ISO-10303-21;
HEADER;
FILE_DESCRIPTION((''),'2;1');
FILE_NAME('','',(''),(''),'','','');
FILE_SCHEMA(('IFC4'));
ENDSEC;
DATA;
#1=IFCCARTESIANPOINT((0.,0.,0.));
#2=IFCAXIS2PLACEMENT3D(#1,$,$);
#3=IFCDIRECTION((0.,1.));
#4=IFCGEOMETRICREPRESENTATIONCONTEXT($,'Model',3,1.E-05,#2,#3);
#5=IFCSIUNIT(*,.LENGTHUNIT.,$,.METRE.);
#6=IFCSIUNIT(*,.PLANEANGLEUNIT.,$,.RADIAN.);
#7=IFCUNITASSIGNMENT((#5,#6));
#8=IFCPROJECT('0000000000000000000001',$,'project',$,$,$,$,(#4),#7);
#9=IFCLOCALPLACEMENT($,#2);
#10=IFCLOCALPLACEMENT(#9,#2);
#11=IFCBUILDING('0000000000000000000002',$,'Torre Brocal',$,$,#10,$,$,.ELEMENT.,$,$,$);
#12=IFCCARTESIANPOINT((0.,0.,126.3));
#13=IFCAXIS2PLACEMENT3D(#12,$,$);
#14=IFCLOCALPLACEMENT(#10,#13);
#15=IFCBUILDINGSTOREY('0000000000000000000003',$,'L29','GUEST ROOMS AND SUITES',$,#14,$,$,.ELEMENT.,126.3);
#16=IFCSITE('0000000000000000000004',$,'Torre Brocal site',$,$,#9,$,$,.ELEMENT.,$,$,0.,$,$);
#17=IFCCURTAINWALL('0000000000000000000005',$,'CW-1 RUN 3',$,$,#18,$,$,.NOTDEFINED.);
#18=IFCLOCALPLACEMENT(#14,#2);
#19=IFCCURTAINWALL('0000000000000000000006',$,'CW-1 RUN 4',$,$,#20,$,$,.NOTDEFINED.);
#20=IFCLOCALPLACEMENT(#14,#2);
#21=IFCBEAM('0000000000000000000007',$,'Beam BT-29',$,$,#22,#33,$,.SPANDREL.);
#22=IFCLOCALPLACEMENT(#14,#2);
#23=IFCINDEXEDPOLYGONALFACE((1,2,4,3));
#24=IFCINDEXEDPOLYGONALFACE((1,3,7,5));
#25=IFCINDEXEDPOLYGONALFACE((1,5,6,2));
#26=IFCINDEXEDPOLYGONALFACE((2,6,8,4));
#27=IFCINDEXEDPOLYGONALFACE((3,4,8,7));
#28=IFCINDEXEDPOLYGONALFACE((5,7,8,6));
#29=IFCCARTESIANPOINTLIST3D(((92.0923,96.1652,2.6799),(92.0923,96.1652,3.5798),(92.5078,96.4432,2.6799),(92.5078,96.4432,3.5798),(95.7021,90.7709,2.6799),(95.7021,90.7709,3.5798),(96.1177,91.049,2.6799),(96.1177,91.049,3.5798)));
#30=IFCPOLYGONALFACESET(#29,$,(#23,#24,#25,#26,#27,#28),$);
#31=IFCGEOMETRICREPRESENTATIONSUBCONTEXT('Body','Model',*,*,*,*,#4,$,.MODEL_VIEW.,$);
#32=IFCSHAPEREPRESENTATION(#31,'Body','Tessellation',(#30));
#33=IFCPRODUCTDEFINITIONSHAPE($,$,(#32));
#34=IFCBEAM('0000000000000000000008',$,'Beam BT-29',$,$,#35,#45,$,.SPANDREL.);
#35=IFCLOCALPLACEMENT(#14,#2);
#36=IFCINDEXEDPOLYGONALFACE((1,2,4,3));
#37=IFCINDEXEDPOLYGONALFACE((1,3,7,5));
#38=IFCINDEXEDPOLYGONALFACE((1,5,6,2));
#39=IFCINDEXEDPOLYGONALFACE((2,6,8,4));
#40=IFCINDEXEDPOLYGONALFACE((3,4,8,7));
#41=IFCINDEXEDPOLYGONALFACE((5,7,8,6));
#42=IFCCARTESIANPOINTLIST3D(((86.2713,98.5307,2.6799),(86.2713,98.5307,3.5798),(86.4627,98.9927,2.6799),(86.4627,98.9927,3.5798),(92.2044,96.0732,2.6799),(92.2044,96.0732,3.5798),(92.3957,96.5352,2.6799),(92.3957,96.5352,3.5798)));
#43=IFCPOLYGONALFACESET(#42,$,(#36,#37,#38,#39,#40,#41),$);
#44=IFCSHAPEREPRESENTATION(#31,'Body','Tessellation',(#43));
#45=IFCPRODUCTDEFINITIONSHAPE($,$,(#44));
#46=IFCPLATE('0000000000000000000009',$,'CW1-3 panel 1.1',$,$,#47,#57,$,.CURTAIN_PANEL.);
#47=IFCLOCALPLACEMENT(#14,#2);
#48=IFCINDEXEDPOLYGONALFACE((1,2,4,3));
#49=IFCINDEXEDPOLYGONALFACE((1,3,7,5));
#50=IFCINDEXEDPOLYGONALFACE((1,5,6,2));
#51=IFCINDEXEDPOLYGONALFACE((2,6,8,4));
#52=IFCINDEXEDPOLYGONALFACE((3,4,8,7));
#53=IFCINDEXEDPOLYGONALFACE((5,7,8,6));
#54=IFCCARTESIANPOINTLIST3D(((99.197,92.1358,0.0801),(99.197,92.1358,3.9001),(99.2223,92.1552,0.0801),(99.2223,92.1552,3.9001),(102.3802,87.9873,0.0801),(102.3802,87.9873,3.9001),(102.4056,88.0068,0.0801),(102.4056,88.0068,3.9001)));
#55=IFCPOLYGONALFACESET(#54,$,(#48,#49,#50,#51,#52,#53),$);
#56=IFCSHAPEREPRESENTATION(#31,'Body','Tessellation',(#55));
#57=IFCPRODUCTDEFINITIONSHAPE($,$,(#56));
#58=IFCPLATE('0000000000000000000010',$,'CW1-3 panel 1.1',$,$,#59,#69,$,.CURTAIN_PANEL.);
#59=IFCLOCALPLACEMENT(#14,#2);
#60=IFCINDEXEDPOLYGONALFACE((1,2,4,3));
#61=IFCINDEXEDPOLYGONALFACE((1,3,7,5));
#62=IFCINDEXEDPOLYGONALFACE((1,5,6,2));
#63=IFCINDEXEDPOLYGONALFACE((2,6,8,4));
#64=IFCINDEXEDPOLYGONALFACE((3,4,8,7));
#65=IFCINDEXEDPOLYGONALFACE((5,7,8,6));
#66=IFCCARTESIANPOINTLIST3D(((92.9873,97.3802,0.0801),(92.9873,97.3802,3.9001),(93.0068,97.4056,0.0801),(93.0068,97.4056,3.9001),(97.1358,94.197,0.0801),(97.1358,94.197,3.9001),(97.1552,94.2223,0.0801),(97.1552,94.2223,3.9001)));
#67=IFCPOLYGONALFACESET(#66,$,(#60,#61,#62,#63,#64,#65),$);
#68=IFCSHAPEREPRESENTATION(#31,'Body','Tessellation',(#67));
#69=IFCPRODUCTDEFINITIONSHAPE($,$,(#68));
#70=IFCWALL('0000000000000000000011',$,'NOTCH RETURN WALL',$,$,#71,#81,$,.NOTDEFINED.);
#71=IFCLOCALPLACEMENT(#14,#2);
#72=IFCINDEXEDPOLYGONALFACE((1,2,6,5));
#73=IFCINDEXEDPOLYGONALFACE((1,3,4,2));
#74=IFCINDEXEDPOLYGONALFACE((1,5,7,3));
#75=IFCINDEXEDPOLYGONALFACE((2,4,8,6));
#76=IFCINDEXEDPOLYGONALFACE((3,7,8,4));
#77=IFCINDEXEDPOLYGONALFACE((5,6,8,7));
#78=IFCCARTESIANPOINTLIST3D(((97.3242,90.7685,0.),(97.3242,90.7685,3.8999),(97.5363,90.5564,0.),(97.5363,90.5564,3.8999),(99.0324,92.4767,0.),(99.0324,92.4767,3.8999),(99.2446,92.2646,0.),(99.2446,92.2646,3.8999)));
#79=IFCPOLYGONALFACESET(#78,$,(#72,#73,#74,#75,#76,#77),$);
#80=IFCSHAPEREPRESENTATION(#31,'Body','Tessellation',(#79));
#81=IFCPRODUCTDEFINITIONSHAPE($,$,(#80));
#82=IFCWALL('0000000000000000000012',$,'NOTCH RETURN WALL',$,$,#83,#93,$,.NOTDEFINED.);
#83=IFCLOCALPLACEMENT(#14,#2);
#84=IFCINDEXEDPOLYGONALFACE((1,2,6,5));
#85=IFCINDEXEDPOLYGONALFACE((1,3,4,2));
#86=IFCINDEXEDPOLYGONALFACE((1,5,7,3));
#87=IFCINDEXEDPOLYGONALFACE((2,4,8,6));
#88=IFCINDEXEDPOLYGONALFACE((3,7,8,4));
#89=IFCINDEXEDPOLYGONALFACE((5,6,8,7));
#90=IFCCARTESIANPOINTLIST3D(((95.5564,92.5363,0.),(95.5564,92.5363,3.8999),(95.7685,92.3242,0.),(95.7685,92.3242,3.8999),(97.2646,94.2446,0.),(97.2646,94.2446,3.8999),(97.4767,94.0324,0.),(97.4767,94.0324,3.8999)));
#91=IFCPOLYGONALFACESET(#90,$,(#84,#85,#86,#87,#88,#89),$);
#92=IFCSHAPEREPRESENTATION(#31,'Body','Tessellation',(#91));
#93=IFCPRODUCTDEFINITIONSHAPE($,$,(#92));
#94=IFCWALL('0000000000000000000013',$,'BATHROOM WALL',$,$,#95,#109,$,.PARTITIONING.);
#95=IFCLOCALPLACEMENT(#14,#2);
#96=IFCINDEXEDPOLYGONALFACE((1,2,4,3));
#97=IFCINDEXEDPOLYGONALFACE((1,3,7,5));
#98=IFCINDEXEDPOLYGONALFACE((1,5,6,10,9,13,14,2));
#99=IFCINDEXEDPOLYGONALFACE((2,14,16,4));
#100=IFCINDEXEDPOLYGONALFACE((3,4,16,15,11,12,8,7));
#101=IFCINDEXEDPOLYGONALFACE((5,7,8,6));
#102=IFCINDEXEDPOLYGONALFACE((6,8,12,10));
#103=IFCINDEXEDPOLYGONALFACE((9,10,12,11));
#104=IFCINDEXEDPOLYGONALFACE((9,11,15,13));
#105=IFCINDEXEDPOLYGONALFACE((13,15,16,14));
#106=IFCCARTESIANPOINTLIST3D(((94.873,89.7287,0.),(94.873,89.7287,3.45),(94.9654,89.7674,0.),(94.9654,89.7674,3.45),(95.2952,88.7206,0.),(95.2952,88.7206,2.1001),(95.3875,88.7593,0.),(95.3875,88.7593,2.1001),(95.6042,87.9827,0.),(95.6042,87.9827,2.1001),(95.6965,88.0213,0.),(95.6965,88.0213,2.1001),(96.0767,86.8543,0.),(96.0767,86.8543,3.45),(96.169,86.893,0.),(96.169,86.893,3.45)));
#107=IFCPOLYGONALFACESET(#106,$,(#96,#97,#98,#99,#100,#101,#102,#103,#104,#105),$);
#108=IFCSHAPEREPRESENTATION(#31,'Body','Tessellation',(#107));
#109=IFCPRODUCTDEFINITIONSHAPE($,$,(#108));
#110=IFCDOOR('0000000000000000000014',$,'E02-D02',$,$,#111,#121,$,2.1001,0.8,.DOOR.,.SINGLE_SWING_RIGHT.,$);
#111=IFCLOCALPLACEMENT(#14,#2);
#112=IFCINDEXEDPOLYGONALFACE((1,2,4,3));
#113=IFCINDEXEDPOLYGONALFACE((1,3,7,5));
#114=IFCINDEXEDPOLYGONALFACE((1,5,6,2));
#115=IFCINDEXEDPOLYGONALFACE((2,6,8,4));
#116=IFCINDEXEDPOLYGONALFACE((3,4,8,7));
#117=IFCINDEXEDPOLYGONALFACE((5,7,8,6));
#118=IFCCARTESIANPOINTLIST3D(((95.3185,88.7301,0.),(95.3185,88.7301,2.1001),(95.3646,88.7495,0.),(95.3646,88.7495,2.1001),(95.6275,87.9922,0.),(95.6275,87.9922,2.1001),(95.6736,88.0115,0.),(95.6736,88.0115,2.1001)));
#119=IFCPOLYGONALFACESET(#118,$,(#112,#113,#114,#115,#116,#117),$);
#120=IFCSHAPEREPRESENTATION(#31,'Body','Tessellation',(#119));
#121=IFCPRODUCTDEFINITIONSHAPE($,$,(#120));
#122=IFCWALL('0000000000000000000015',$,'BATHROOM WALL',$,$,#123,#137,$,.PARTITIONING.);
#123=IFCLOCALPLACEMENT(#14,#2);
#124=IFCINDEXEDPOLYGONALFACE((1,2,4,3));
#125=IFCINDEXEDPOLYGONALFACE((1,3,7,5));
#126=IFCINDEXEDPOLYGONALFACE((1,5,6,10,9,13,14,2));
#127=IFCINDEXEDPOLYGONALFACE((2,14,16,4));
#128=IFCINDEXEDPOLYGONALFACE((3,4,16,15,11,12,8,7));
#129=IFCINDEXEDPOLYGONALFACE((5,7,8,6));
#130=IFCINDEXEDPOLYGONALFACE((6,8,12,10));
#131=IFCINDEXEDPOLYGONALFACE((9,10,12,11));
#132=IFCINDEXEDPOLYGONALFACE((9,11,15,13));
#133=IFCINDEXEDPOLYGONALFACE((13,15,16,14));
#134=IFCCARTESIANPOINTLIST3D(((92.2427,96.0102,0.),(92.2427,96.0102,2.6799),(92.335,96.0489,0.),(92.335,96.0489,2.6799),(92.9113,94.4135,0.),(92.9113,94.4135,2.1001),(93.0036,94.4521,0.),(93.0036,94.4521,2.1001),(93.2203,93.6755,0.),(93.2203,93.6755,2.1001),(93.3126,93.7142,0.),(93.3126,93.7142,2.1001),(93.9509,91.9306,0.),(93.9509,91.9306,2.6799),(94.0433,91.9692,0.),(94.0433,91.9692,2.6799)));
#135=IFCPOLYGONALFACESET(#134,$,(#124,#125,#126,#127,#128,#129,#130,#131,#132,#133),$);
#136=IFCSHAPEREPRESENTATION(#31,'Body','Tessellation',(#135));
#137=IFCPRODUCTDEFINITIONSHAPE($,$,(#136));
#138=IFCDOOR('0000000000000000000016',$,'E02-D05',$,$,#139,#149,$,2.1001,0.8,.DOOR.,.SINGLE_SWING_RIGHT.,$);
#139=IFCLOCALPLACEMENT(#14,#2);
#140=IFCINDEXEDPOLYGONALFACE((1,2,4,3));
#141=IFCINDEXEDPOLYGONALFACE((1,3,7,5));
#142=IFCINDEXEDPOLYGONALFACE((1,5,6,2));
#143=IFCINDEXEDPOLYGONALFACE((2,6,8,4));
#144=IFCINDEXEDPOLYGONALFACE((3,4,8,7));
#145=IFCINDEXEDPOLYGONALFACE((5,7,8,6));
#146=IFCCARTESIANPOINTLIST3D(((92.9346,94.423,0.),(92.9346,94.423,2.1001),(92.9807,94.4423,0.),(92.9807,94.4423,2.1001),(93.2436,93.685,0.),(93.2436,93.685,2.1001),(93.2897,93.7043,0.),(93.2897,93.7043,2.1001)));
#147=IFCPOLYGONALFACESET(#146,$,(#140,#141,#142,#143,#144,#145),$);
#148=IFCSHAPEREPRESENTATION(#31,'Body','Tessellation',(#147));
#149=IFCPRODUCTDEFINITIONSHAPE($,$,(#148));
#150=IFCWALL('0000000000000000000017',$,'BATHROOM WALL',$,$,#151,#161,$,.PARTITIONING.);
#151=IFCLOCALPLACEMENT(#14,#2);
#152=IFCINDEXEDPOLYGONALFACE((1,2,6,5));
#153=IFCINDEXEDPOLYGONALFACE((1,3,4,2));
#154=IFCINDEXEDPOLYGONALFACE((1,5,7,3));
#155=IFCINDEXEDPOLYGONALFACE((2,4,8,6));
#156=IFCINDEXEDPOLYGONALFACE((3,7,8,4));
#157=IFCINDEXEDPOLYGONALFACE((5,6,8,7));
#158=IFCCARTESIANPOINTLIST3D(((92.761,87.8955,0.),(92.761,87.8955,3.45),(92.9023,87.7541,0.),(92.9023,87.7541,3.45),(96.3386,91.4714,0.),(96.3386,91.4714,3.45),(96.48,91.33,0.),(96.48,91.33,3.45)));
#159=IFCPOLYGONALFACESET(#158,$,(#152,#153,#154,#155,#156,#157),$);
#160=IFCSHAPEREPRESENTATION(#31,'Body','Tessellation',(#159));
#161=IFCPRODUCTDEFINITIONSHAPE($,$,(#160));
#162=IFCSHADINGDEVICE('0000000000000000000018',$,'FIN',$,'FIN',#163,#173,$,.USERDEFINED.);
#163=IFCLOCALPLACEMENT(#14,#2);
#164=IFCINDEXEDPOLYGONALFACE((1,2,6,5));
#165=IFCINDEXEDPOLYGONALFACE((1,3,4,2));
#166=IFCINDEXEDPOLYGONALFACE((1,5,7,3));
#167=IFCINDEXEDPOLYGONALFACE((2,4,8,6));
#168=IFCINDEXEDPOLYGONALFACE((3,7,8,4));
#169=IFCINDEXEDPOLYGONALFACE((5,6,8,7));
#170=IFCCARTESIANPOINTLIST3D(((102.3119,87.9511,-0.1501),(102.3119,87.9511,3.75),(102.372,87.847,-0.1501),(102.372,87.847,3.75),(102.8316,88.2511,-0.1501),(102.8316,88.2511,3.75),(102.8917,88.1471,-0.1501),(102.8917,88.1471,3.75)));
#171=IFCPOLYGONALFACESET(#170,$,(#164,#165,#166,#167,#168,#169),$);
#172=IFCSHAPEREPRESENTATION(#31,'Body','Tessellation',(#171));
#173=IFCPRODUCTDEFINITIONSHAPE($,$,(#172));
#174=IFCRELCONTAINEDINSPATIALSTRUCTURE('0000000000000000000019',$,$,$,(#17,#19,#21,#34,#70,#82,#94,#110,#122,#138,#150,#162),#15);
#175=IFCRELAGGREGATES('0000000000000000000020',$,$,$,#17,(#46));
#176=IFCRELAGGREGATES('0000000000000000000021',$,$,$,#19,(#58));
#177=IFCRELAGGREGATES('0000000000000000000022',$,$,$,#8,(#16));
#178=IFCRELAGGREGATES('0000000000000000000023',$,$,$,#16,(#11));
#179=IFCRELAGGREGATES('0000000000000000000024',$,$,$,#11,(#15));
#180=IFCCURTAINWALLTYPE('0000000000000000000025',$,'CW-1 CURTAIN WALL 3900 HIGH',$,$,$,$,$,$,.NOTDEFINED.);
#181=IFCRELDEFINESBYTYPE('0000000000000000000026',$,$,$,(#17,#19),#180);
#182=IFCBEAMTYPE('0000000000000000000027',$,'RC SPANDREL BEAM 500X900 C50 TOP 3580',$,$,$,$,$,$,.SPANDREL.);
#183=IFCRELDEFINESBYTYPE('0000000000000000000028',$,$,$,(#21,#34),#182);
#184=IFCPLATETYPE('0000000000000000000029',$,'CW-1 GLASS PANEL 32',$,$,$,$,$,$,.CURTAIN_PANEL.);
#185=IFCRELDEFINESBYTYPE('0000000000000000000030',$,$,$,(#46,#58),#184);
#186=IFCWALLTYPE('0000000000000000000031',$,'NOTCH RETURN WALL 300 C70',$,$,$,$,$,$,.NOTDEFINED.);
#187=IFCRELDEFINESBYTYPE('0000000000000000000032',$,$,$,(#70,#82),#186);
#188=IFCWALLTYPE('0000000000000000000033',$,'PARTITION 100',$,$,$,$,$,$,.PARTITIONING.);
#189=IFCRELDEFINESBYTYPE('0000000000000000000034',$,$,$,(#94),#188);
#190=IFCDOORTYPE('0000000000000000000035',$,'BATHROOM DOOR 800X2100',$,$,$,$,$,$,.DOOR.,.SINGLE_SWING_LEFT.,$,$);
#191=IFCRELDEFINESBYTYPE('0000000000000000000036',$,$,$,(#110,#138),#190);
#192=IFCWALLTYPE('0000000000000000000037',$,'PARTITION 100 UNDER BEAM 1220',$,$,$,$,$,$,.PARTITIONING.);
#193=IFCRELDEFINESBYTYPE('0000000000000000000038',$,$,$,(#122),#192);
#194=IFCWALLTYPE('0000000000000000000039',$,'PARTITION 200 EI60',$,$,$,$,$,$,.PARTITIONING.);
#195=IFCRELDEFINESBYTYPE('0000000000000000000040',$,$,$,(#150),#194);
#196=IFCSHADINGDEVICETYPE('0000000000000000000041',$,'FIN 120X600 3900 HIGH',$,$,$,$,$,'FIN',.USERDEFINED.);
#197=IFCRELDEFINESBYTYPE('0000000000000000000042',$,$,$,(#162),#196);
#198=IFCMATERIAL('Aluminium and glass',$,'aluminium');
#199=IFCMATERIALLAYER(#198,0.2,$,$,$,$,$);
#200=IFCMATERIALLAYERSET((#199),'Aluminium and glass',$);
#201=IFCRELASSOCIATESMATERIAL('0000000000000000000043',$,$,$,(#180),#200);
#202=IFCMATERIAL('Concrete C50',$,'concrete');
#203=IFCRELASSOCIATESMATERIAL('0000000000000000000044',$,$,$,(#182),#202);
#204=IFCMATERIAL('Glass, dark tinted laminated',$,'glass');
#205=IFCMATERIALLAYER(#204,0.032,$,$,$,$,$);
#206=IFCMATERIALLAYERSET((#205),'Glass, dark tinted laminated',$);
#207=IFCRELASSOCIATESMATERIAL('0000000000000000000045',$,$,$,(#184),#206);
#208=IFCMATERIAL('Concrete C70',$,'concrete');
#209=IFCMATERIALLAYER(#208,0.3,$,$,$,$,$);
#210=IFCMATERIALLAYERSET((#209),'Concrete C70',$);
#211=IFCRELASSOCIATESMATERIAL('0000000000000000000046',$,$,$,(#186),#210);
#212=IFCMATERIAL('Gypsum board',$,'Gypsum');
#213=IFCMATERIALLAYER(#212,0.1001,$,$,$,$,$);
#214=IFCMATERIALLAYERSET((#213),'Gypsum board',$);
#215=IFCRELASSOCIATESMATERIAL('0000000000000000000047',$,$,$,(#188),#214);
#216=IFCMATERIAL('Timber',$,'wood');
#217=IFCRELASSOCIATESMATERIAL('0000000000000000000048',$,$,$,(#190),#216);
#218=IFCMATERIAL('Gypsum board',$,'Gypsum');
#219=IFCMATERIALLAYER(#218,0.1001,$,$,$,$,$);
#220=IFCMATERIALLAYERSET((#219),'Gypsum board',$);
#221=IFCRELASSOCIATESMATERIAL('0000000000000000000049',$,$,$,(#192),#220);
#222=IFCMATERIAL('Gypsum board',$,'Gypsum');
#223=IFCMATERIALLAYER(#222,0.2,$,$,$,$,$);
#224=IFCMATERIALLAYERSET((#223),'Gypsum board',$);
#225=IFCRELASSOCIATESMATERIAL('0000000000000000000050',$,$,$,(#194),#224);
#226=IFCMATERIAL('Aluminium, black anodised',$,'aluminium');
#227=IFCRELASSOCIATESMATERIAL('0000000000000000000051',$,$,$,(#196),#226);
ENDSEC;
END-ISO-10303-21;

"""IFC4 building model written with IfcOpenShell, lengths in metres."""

from ifc_helpers import new_model, si_unit, direction, frame, frame_2d, origin, origin_2d, place, context, subcontext, project, spatial, rectangle, extrude, material, layer, layer_set, material_profile, profile_set, type_object, element, fill, aggregate, save


model = new_model("IFC4")

# Units and contexts
model_context = context("Model", 3, precision=1e-05, world=origin(), true_north=direction((0.0, 1.0)))
body_context = subcontext(model_context, "Body", "Model", "MODEL_VIEW")
ifc_project = project(units=[si_unit("LENGTHUNIT", "METRE"), si_unit("PLANEANGLEUNIT", "RADIAN")], contexts=[model_context])

# Site, building, storey
site_placement = place(None, origin())
site = spatial("IfcSite", under=ifc_project, at=site_placement, Name="Torre Brocal site", CompositionType="ELEMENT", RefElevation=0.0)
building_placement = place(site_placement, origin())
building = spatial("IfcBuilding", under=site, at=building_placement, Name="Torre Brocal", CompositionType="ELEMENT")
storey_placement = place(building_placement, frame((0.0, 0.0, 126.3)))
storey = spatial("IfcBuildingStorey", under=building, at=storey_placement, Name="L29", Description="GUEST ROOMS AND SUITES", CompositionType="ELEMENT", Elevation=126.3)

# Shared definitions
ifc_material_1 = material(Name="Aluminium and glass", Category="aluminium")
ifc_layer_1 = layer(ifc_material_1, 0.2)
ifc_layer_set_1 = layer_set([ifc_layer_1], Name="Aluminium and glass")
curtain_wall_type = type_object("IfcCurtainWallType", Name="CW-1 CURTAIN WALL 3900 HIGH", PredefinedType="NOTDEFINED", material=ifc_layer_set_1)

# Curtain walls
curtain_wall_1_placement = place(storey_placement, origin())
curtain_wall_1 = element("IfcCurtainWall", 1, at=curtain_wall_1_placement, inside=storey, type_object=curtain_wall_type, Name="CW-1 RUN 3", PredefinedType="NOTDEFINED")
curtain_wall_2_placement = place(storey_placement, origin())
curtain_wall_2 = element("IfcCurtainWall", 2, at=curtain_wall_2_placement, inside=storey, type_object=curtain_wall_type, Name="CW-1 RUN 4", PredefinedType="NOTDEFINED")

# Beams
ifc_material_2 = material(Name="Concrete C50", Category="concrete")
ifc_material_profile_1 = material_profile(ifc_material_2, rectangle(XDim=0.5, YDim=0.8999, at=origin_2d()), Name="RC 500X900")
ifc_profile_set_1 = profile_set([ifc_material_profile_1], Name="Concrete C50")
beam_type_1 = type_object("IfcBeamType", Name="RC SPANDREL BEAM 500X900 C50 TOP 3580", PredefinedType="SPANDREL", material=ifc_profile_set_1)
beam_1_placement = place(storey_placement, frame((95.9099, 90.9099, 3.1299), z_axis=(-0.556158, 0.831077, 0.0), x_axis=(-0.831077, -0.556158, 0.0)))
element("IfcBeam", 3, at=beam_1_placement, inside=storey, type_object=beam_type_1, Name="Beam BT-29", PredefinedType="SPANDREL", context=body_context, shape_type="SweptSolid", body=[
    extrude(rectangle(XDim=0.5, YDim=0.8999, at=origin_2d()), origin(), (0.0, 0.0, 1.0), 6.4907),
])
beam_2_placement = place(storey_placement, frame((92.3, 96.3042, 3.1299), z_axis=(-0.923882, 0.382676, 0.0), x_axis=(-0.382676, -0.923882, 0.0)))
element("IfcBeam", 4, at=beam_2_placement, inside=storey, type_object=beam_type_1, Name="Beam BT-29", PredefinedType="SPANDREL", context=body_context, shape_type="SweptSolid", body=[
    extrude(rectangle(XDim=0.5, YDim=0.8999, at=origin_2d()), origin(), (0.0, 0.0, 1.0), 6.4219),
])

# Plates
ifc_material_3 = material(Name="Glass, dark tinted laminated", Category="glass")
ifc_layer_2 = layer(ifc_material_3, 0.032)
ifc_layer_set_2 = layer_set([ifc_layer_2], Name="Glass, dark tinted laminated")
plate_type = type_object("IfcPlateType", Name="CW-1 GLASS PANEL 32", PredefinedType="CURTAIN_PANEL", material=ifc_layer_set_2)
plate_1_placement = place(storey_placement, frame((100.8013, 90.0713, 0.0801), z_axis=(0.0, 0.0, 1.0), x_axis=(-0.608761, 0.793353, 0.0)))
plate_1 = element("IfcPlate", 5, at=plate_1_placement, type_object=plate_type, Name="CW1-3 panel 1.1", PredefinedType="CURTAIN_PANEL", context=body_context, shape_type="SweptSolid", body=[
    extrude(rectangle(XDim=5.229, YDim=0.032, at=origin_2d()), origin(), (0.0, 0.0, 1.0), 3.8201),
])
aggregate(curtain_wall_1, [plate_1])
plate_2_placement = place(storey_placement, frame((95.0713, 95.8013, 0.0801), z_axis=(0.0, 0.0, 1.0), x_axis=(-0.793353, 0.608761, 0.0)))
plate_2 = element("IfcPlate", 6, at=plate_2_placement, type_object=plate_type, Name="CW1-3 panel 1.1", PredefinedType="CURTAIN_PANEL", context=body_context, shape_type="SweptSolid", body=[
    extrude(rectangle(XDim=5.229, YDim=0.032, at=origin_2d()), origin(), (0.0, 0.0, 1.0), 3.8201),
])
aggregate(curtain_wall_2, [plate_2])

# Walls
ifc_material_4 = material(Name="Concrete C70", Category="concrete")
ifc_layer_3 = layer(ifc_material_4, 0.3)
ifc_layer_set_3 = layer_set([ifc_layer_3], Name="Concrete C70")
wall_type_1 = type_object("IfcWallType", Name="NOTCH RETURN WALL 300 C70", PredefinedType="NOTDEFINED", material=ifc_layer_set_3)
for number, where, z_axis, x_axis, name in (
    (7, (97.4302, 90.6624, 0.0), (0.0, 0.0, 1.0), (0.707107, 0.707107, 0.0), "NOTCH RETURN WALL"),
    (8, (95.6624, 92.4302, 0.0), (0.0, 0.0, 1.0), (0.707107, 0.707107, 0.0), "NOTCH RETURN WALL"),
):
    element("IfcWall", number, at=place(storey_placement, frame(where, z_axis=z_axis, x_axis=x_axis)), inside=storey, type_object=wall_type_1, Name=name, PredefinedType="NOTDEFINED", context=body_context, shape_type="SweptSolid", body=[
        extrude(rectangle(XDim=2.4158, YDim=0.3, at=frame_2d((1.208, 0.0))), origin(), (0.0, 0.0, 1.0), 3.8999),
    ])

# Walls, openings, doors
ifc_material_5 = material(Name="Gypsum board", Category="Gypsum")
ifc_layer_4 = layer(ifc_material_5, 0.1001)
ifc_layer_set_4 = layer_set([ifc_layer_4], Name="Gypsum board")
wall_type_2 = type_object("IfcWallType", Name="PARTITION 100", PredefinedType="PARTITIONING", material=ifc_layer_set_4)
wall_1_placement = place(storey_placement, frame((94.9192, 89.748, 0.0), z_axis=(0.0, 0.0, 1.0), x_axis=(0.386256, -0.922392, 0.0)))
wall_1 = element("IfcWall", 9, at=wall_1_placement, inside=storey, type_object=wall_type_2, Name="BATHROOM WALL", PredefinedType="PARTITIONING", context=body_context, shape_type="SweptSolid", body=[
    extrude(rectangle(XDim=3.1162, YDim=0.1001, at=frame_2d((1.5581, 0.0))), origin(), (0.0, 0.0, 1.0), 3.45),
])
opening_1_placement = place(wall_1_placement, frame((1.093, 0.0, 0.0)))
opening_1 = element("IfcOpeningElement", 10, at=opening_1_placement, cuts=wall_1, PredefinedType="OPENING", context=body_context, shape_type="SweptSolid", body=[
    extrude(rectangle(XDim=0.8, YDim=2.1001, at=frame_2d((0.3999, 1.05))), frame((0.0, 0.0601, 0.0), z_axis=(0.0, -1.0, 0.0), x_axis=(1.0, 0.0, 0.0)), (0.0, 0.0, 1.0), 0.1201),
])
ifc_material_6 = material(Name="Timber", Category="wood")
door_type = type_object("IfcDoorType", Name="BATHROOM DOOR 800X2100", OperationType="SINGLE_SWING_LEFT", PredefinedType="DOOR", material=ifc_material_6)
door_1_placement = place(opening_1_placement, frame((0.8, 0.0, 0.0), z_axis=(0.0, 0.0, 1.0), x_axis=(-1.0, 0.0, 0.0)))
door_1 = element("IfcDoor", 11, at=door_1_placement, inside=storey, type_object=door_type, Name="E02-D02", OperationType="SINGLE_SWING_RIGHT", OverallHeight=2.1001, OverallWidth=0.8, PredefinedType="DOOR", context=body_context, shape_type="SweptSolid", body=[
    extrude(rectangle(XDim=0.8, YDim=2.1001, at=frame_2d((0.3999, 1.05))), frame((0.0, 0.0249, 0.0), z_axis=(0.0, -1.0, 0.0), x_axis=(1.0, 0.0, 0.0)), (0.0, 0.0, 1.0), 0.05),
])
fill(opening_1, door_1)
ifc_material_7 = material(Name="Gypsum board", Category="Gypsum")
ifc_layer_5 = layer(ifc_material_7, 0.1001)
ifc_layer_set_5 = layer_set([ifc_layer_5], Name="Gypsum board")
wall_type_3 = type_object("IfcWallType", Name="PARTITION 100 UNDER BEAM 1220", PredefinedType="PARTITIONING", material=ifc_layer_set_5)
wall_2_placement = place(storey_placement, frame((92.2888, 96.0295, 0.0), z_axis=(0.0, 0.0, 1.0), x_axis=(0.386237, -0.922399, 0.0)))
wall_2 = element("IfcWall", 12, at=wall_2_placement, inside=storey, type_object=wall_type_3, Name="BATHROOM WALL", PredefinedType="PARTITIONING", context=body_context, shape_type="SweptSolid", body=[
    extrude(rectangle(XDim=4.4229, YDim=0.1001, at=frame_2d((2.2114, 0.0))), origin(), (0.0, 0.0, 1.0), 2.6799),
])
opening_2_placement = place(wall_2_placement, frame((1.7312, 0.0, 0.0)))
opening_2 = element("IfcOpeningElement", 13, at=opening_2_placement, cuts=wall_2, PredefinedType="OPENING", context=body_context, shape_type="SweptSolid", body=[
    extrude(rectangle(XDim=0.8, YDim=2.1001, at=frame_2d((0.3999, 1.05))), frame((0.0, 0.0601, 0.0), z_axis=(0.0, -1.0, 0.0), x_axis=(1.0, 0.0, 0.0)), (0.0, 0.0, 1.0), 0.1201),
])
door_2_placement = place(opening_2_placement, frame((0.8, 0.0, 0.0), z_axis=(0.0, 0.0, 1.0), x_axis=(-1.0, 0.0, 0.0)))
door_2 = element("IfcDoor", 14, at=door_2_placement, inside=storey, type_object=door_type, Name="E02-D05", OperationType="SINGLE_SWING_RIGHT", OverallHeight=2.1001, OverallWidth=0.8, PredefinedType="DOOR", context=body_context, shape_type="SweptSolid", body=[
    extrude(rectangle(XDim=0.8, YDim=2.1001, at=frame_2d((0.3999, 1.05))), frame((0.0, 0.0249, 0.0), z_axis=(0.0, -1.0, 0.0), x_axis=(1.0, 0.0, 0.0)), (0.0, 0.0, 1.0), 0.05),
])
fill(opening_2, door_2)

# Wall
ifc_material_8 = material(Name="Gypsum board", Category="Gypsum")
ifc_layer_6 = layer(ifc_material_8, 0.2)
ifc_layer_set_6 = layer_set([ifc_layer_6], Name="Gypsum board")
wall_type_4 = type_object("IfcWallType", Name="PARTITION 200 EI60", PredefinedType="PARTITIONING", material=ifc_layer_set_6)
wall_3_placement = place(storey_placement, frame((92.8315, 87.8247, 0.0), z_axis=(0.0, 0.0, 1.0), x_axis=(0.707276, 0.706938, 0.0)))
element("IfcWall", 15, at=wall_3_placement, inside=storey, type_object=wall_type_4, Name="BATHROOM WALL", PredefinedType="PARTITIONING", context=body_context, shape_type="SweptSolid", body=[
    extrude(rectangle(XDim=5.0583, YDim=0.2, at=frame_2d((2.5293, 0.0))), origin(), (0.0, 0.0, 1.0), 3.45),
])

# Shading device
ifc_material_9 = material(Name="Aluminium, black anodised", Category="aluminium")
ifc_material_profile_2 = material_profile(ifc_material_9, rectangle(XDim=0.1201, YDim=0.6001, at=origin_2d()), Name="FIN 120X600 3900 HIGH")
ifc_profile_set_2 = profile_set([ifc_material_profile_2], Name="Aluminium, black anodised")
shading_device_type = type_object("IfcShadingDeviceType", Name="FIN 120X600 3900 HIGH", ElementType="FIN", PredefinedType="USERDEFINED", material=ifc_profile_set_2)
for number, where, z_axis, x_axis, name in (
    (16, (102.6018, 88.0491, -0.1501), (0.0, 0.0, 1.0), (-0.5, 0.866025, 0.0), "FIN"),
):
    element("IfcShadingDevice", number, at=place(storey_placement, frame(where, z_axis=z_axis, x_axis=x_axis)), inside=storey, type_object=shading_device_type, Name=name, ObjectType="FIN", PredefinedType="USERDEFINED", context=body_context, shape_type="SweptSolid", body=[
        extrude(rectangle(XDim=0.1201, YDim=0.6001, at=origin_2d()), origin(), (0.0, 0.0, 1.0), 3.9001),
    ])

save(model, "model.ifc")
